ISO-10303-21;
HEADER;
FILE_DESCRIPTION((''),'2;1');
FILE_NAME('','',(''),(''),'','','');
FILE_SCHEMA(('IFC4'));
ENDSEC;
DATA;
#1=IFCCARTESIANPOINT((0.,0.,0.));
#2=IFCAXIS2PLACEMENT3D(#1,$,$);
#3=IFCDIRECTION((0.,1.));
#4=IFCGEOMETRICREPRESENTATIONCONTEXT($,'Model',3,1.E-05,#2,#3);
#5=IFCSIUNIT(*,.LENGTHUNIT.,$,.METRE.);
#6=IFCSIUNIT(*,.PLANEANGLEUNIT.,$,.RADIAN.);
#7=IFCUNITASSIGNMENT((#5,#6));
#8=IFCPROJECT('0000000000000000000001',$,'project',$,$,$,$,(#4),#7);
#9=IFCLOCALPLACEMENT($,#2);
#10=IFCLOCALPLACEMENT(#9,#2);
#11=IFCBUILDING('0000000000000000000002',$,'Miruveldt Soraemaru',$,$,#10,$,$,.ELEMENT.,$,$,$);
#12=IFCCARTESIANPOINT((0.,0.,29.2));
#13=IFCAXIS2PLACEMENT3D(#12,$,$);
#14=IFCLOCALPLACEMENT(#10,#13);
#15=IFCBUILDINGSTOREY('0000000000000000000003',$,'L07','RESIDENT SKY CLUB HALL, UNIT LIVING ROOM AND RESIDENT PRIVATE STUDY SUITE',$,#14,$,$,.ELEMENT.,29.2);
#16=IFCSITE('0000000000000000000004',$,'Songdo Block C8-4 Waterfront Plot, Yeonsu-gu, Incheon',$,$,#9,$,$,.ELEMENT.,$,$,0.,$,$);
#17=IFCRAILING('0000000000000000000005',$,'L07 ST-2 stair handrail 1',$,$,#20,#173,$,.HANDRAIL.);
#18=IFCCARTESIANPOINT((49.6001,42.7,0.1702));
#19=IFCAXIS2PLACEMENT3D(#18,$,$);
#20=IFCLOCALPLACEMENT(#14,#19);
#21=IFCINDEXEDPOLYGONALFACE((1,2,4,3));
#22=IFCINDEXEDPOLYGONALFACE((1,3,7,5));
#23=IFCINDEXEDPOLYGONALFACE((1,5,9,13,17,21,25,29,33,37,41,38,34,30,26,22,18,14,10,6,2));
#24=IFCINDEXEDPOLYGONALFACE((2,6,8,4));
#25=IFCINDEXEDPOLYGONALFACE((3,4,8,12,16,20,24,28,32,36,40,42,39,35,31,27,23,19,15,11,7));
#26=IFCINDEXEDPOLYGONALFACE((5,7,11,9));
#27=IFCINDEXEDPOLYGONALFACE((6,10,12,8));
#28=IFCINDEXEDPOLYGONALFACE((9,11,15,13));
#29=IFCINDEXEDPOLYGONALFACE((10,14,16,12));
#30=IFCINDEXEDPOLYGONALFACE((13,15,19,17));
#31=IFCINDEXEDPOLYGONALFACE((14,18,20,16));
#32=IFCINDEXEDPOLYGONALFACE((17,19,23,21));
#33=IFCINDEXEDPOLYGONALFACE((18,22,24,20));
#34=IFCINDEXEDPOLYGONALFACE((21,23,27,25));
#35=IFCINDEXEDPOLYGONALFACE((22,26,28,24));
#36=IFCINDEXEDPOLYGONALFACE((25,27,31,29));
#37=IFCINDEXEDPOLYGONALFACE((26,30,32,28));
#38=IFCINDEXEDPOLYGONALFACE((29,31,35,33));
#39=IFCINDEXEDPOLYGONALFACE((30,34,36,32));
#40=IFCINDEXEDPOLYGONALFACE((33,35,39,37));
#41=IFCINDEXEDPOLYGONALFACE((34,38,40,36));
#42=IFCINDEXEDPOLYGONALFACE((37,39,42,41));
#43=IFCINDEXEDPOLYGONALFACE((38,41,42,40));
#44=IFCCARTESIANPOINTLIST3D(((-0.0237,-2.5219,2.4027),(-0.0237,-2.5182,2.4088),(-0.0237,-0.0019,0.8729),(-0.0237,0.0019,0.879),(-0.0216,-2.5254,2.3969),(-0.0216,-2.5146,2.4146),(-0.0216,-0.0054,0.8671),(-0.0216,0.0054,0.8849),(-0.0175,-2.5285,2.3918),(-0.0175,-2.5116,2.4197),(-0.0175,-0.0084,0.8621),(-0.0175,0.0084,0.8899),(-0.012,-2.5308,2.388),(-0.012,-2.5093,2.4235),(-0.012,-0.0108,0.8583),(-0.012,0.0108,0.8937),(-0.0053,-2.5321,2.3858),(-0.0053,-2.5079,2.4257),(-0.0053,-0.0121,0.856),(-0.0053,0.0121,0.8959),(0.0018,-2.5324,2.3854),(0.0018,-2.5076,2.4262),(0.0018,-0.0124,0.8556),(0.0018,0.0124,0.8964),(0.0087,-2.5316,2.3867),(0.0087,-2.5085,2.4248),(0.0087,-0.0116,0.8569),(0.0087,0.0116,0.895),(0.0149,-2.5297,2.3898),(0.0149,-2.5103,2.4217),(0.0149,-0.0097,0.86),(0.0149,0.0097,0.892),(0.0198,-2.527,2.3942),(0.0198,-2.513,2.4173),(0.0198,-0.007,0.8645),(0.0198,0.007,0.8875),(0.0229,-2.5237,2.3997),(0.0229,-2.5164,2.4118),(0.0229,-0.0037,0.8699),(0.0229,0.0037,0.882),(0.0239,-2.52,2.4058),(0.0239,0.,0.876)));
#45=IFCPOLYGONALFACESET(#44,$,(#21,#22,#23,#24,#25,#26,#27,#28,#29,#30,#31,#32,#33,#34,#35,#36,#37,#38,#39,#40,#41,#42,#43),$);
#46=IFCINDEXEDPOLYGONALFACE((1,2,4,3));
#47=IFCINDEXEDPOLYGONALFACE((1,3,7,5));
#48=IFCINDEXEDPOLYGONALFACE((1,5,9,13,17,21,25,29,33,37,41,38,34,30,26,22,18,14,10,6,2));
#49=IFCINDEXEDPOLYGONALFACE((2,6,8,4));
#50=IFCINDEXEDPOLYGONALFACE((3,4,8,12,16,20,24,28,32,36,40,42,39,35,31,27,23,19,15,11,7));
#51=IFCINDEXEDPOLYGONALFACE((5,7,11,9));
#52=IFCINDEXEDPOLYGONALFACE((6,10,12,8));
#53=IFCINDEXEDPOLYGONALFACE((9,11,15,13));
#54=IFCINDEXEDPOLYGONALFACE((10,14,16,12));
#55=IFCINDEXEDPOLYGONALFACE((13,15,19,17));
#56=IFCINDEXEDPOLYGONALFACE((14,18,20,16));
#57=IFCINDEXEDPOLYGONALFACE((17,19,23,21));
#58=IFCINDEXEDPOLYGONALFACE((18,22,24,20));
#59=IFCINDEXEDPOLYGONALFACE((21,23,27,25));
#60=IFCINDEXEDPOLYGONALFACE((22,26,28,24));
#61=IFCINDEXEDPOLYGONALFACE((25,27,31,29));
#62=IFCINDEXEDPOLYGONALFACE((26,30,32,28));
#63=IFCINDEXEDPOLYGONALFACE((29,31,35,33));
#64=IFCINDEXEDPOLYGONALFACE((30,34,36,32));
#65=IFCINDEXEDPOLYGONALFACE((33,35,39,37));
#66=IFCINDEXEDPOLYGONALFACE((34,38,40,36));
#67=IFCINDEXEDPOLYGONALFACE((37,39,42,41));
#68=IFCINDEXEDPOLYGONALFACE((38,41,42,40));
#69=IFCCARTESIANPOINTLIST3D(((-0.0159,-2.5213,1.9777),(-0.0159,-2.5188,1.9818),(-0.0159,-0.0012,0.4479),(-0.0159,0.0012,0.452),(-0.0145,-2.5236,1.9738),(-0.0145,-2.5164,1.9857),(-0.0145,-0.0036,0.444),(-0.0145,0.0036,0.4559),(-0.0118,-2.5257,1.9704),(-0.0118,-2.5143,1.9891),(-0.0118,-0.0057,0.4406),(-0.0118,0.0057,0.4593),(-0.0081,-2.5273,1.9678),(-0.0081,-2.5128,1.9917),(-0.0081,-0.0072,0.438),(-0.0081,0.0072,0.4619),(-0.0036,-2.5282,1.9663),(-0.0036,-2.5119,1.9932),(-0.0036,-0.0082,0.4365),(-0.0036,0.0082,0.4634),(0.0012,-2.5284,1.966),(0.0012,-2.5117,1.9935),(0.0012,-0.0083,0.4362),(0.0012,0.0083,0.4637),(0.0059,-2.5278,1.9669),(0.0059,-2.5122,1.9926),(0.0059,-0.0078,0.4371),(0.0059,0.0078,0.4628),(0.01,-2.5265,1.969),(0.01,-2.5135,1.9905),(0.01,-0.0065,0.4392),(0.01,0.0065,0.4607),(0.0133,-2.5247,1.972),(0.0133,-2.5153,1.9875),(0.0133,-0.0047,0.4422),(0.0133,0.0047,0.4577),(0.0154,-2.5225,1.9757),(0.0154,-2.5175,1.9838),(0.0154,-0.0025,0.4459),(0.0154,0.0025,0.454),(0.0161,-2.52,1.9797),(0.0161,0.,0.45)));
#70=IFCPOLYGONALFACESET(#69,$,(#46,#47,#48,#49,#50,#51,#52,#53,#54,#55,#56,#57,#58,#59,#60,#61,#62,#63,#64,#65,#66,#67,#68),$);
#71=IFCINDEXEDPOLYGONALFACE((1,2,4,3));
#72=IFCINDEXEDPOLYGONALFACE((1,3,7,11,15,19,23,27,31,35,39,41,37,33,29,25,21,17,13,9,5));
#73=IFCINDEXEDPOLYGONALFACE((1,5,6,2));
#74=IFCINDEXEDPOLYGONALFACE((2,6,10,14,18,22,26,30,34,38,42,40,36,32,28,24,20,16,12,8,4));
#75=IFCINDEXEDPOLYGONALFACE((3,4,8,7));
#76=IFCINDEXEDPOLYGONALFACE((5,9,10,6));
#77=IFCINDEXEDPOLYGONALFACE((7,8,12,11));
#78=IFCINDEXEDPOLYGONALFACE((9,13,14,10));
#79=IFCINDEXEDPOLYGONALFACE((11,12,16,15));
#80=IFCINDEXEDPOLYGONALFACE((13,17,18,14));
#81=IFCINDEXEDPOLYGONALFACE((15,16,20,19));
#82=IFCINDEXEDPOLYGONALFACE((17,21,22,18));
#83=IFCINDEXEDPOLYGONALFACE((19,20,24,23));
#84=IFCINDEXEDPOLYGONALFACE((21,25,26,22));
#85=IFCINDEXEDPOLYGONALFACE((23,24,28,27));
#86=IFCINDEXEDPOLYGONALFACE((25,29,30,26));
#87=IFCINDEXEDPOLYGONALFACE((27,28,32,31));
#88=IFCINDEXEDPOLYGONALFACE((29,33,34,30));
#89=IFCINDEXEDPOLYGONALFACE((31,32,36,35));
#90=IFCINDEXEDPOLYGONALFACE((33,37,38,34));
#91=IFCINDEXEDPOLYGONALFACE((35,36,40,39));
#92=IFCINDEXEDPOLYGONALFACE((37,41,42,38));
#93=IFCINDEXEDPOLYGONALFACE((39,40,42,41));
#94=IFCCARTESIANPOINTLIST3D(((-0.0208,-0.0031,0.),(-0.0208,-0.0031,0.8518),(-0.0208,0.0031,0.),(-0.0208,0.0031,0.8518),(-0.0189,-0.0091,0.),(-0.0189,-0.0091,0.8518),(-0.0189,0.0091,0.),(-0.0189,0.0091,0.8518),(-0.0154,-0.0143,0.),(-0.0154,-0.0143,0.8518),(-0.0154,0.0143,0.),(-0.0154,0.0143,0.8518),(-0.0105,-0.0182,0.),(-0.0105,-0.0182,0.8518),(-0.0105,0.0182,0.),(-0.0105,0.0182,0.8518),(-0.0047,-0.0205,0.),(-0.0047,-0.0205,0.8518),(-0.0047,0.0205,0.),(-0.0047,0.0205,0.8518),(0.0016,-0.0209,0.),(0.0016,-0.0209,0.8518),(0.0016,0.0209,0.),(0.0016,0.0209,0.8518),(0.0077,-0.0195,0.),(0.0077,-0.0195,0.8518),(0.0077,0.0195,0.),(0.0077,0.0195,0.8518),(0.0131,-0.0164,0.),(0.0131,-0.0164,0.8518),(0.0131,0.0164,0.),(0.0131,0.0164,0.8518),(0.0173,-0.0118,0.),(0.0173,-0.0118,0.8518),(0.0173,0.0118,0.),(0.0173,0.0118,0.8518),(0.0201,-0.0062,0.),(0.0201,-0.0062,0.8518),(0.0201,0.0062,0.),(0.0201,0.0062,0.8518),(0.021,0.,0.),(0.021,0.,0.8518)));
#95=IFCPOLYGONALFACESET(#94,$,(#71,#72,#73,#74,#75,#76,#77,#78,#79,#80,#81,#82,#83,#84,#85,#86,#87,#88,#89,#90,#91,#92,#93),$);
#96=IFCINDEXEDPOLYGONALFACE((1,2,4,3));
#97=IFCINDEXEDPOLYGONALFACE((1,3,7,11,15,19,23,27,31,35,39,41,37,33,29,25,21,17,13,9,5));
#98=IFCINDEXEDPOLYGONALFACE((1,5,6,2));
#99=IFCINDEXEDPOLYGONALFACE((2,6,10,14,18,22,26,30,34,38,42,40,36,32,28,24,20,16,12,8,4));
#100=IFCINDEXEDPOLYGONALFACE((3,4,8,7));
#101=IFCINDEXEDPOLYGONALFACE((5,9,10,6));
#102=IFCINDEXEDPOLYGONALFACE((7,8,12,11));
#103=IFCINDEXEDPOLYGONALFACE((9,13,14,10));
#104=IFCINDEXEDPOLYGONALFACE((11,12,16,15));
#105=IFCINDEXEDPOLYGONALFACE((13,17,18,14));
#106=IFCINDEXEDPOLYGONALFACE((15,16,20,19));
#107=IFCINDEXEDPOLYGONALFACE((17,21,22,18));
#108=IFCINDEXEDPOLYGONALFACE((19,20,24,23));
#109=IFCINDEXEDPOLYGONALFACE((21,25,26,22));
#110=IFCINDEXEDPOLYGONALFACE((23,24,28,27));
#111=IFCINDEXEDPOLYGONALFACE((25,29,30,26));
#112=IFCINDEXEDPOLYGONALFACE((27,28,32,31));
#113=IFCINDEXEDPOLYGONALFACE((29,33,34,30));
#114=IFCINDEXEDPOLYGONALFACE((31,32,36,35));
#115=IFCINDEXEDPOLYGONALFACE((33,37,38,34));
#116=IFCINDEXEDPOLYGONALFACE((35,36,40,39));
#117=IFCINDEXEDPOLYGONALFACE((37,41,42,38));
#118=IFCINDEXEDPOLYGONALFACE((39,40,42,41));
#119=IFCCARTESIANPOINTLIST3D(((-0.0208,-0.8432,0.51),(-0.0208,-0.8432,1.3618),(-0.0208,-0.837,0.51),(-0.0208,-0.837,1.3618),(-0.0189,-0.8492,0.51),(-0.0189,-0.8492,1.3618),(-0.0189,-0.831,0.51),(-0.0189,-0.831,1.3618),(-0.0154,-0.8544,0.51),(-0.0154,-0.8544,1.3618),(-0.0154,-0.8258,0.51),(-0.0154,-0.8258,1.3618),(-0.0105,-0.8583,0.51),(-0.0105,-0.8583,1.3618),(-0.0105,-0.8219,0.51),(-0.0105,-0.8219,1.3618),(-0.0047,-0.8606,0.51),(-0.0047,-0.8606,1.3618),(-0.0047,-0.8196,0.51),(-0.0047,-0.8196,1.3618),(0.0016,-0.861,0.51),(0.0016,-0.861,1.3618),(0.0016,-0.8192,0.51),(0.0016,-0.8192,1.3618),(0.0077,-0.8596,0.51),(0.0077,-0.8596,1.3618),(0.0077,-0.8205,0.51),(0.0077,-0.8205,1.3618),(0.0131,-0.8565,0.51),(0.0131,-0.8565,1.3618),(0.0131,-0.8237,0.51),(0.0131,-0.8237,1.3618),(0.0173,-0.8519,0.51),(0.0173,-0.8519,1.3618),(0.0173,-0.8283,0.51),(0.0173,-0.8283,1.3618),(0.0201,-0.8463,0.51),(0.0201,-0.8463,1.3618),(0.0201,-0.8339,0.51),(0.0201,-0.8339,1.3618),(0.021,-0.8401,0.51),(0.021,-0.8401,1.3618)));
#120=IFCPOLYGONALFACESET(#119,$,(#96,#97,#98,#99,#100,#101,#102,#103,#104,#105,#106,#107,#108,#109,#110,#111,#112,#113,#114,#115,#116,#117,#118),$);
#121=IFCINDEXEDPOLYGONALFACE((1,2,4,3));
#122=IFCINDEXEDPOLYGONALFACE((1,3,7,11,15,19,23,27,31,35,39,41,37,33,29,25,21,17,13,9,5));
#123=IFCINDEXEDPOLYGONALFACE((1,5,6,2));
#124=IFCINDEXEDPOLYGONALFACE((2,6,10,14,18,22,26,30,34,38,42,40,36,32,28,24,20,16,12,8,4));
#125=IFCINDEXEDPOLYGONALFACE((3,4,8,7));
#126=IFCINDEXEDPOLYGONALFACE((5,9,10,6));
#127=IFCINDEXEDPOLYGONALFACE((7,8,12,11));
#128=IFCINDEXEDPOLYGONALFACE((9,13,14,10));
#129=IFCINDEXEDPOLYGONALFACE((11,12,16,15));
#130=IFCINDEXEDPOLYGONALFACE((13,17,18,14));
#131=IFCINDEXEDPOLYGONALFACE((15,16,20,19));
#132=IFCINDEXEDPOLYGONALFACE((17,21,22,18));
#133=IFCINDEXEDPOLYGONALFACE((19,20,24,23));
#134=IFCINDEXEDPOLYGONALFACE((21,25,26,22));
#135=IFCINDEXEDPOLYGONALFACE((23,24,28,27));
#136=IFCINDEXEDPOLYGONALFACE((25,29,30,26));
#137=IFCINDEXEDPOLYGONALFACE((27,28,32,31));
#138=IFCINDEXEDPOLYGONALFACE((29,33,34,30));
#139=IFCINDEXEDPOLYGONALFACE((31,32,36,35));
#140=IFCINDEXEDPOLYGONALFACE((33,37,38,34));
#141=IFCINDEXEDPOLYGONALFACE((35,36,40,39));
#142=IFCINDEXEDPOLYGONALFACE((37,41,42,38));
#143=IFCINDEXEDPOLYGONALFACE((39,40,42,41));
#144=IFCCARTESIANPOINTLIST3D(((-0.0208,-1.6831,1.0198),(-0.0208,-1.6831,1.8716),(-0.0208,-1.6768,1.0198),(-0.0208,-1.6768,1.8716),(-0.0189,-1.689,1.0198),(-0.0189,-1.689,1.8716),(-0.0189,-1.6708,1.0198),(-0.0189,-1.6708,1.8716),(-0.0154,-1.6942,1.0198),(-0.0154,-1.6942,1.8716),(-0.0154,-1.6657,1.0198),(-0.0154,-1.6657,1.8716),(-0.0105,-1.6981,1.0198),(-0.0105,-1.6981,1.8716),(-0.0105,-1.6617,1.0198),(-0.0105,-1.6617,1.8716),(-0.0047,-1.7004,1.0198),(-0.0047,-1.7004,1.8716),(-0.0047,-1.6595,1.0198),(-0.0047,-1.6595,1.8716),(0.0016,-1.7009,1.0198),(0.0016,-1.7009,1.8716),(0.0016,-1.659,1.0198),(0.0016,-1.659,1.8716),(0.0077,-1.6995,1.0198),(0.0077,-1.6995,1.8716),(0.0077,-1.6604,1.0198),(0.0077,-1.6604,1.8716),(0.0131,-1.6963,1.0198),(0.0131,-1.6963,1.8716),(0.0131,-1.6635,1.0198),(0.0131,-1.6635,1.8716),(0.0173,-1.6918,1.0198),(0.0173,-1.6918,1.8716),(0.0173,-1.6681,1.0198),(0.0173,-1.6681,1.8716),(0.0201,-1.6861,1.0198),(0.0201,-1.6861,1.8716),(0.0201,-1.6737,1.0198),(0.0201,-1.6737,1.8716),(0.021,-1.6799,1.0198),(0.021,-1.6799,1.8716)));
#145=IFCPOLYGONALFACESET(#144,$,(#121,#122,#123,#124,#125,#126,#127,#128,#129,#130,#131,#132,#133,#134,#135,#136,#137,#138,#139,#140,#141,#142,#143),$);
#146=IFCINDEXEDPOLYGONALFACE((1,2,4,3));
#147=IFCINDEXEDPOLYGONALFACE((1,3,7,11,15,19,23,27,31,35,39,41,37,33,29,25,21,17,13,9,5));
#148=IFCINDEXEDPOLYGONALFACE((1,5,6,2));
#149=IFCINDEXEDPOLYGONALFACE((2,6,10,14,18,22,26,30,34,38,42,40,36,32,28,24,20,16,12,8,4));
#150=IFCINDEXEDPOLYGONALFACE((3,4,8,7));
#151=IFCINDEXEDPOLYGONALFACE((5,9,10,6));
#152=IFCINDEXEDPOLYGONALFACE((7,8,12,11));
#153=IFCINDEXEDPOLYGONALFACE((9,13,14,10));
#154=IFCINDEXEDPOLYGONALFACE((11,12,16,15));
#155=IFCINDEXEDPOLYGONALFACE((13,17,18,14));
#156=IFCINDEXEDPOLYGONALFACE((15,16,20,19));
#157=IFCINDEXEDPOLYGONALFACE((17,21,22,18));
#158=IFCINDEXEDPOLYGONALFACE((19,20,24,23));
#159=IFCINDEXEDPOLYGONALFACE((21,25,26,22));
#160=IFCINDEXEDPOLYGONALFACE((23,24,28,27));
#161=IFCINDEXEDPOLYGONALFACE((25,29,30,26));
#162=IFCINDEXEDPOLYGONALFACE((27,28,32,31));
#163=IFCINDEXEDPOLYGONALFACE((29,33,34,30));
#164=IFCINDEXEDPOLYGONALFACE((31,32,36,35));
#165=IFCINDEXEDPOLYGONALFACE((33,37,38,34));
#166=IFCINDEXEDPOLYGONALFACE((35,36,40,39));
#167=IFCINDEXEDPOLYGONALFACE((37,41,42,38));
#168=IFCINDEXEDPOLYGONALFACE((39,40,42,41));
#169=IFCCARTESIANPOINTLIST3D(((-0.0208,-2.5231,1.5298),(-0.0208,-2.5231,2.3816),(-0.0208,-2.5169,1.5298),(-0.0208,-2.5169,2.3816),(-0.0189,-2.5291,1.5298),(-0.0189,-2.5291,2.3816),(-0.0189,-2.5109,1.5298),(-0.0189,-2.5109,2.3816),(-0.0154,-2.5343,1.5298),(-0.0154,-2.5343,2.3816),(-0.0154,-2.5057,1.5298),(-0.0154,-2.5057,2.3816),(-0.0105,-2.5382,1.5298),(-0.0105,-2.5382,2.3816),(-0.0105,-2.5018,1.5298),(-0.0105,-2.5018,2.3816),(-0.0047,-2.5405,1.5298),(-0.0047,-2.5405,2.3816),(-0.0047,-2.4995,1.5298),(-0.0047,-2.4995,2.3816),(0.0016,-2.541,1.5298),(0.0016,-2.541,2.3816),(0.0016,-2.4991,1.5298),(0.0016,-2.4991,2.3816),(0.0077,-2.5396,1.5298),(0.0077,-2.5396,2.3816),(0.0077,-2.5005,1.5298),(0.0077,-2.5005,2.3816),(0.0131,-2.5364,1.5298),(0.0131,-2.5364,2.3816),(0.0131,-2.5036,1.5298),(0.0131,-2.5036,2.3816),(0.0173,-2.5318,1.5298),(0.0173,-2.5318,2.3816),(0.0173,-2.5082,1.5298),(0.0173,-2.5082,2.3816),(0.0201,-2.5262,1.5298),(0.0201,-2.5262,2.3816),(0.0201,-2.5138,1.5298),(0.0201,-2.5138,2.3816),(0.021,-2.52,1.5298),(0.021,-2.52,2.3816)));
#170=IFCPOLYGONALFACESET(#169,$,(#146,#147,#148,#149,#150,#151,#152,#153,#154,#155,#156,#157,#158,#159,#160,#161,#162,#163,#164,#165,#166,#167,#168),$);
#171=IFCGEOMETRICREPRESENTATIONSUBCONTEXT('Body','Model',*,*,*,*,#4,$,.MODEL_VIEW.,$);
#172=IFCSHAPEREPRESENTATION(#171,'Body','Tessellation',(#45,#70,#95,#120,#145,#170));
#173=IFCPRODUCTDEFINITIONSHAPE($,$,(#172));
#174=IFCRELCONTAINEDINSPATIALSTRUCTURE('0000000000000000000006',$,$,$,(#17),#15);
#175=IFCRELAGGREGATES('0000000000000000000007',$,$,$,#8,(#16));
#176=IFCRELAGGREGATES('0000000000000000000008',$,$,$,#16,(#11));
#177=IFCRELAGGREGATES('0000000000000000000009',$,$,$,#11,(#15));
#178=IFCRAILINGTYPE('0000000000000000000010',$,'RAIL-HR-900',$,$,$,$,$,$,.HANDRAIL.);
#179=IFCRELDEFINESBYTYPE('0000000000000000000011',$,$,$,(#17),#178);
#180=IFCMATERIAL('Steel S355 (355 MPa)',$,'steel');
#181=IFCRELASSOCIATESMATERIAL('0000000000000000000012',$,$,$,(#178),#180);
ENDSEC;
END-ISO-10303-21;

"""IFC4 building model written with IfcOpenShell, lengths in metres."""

from ifc_helpers import new_model, si_unit, direction, frame, origin, origin_2d, place, context, subcontext, project, spatial, circle, extrude, material, type_object, element, save


model = new_model("IFC4")

# Units and contexts
model_context = context("Model", 3, precision=1e-05, world=origin(), true_north=direction((0.0, 1.0)))
body_context = subcontext(model_context, "Body", "Model", "MODEL_VIEW")
ifc_project = project(units=[si_unit("LENGTHUNIT", "METRE"), si_unit("PLANEANGLEUNIT", "RADIAN")], contexts=[model_context])

# Site, building, storey
site_placement = place(None, origin())
site = spatial("IfcSite", under=ifc_project, at=site_placement, Name="Songdo Block C8-4 Waterfront Plot, Yeonsu-gu, Incheon", CompositionType="ELEMENT", RefElevation=0.0)
building_placement = place(site_placement, origin())
building = spatial("IfcBuilding", under=site, at=building_placement, Name="Miruveldt Soraemaru", CompositionType="ELEMENT")
storey_placement = place(building_placement, frame((0.0, 0.0, 29.2)))
storey = spatial("IfcBuildingStorey", under=building, at=storey_placement, Name="L07", Description="RESIDENT SKY CLUB HALL, UNIT LIVING ROOM AND RESIDENT PRIVATE STUDY SUITE", CompositionType="ELEMENT", Elevation=29.2)

# Railing
ifc_material_1 = material(Name="Steel S355 (355 MPa)", Category="steel")
railing_type_1 = type_object("IfcRailingType", Name="RAIL-HR-900", PredefinedType="HANDRAIL", material=ifc_material_1)
railing_1_placement = place(storey_placement, frame((49.6001, 42.7, 0.1702)))
element("IfcRailing", 1, at=railing_1_placement, inside=storey, type_object=railing_type_1, Name="L07 ST-2 stair handrail 1", PredefinedType="HANDRAIL", context=body_context, shape_type="SweptSolid", body=[
    extrude(circle(Radius=0.0239, at=origin_2d()), frame((0.0, 0.0, 0.876), z_axis=(0.0, -0.854822, 0.518922), x_axis=(1.0, 0.0, 0.0)), (0.0, 0.0, 1.0), 2.948),
    extrude(circle(Radius=0.0161, at=origin_2d()), frame((0.0, 0.0, 0.45), z_axis=(0.0, -0.854822, 0.518922), x_axis=(1.0, 0.0, 0.0)), (0.0, 0.0, 1.0), 2.948),
    extrude(circle(Radius=0.021, at=origin_2d()), origin(), (0.0, 0.0, 1.0), 0.8518),
    extrude(circle(Radius=0.021, at=origin_2d()), frame((0.0, -0.8401, 0.51)), (0.0, 0.0, 1.0), 0.8518),
    extrude(circle(Radius=0.021, at=origin_2d()), frame((0.0, -1.6799, 1.0198)), (0.0, 0.0, 1.0), 0.8518),
    extrude(circle(Radius=0.021, at=origin_2d()), frame((0.0, -2.52, 1.5298)), (0.0, 0.0, 1.0), 0.8518),
])

save(model, "model.ifc")
